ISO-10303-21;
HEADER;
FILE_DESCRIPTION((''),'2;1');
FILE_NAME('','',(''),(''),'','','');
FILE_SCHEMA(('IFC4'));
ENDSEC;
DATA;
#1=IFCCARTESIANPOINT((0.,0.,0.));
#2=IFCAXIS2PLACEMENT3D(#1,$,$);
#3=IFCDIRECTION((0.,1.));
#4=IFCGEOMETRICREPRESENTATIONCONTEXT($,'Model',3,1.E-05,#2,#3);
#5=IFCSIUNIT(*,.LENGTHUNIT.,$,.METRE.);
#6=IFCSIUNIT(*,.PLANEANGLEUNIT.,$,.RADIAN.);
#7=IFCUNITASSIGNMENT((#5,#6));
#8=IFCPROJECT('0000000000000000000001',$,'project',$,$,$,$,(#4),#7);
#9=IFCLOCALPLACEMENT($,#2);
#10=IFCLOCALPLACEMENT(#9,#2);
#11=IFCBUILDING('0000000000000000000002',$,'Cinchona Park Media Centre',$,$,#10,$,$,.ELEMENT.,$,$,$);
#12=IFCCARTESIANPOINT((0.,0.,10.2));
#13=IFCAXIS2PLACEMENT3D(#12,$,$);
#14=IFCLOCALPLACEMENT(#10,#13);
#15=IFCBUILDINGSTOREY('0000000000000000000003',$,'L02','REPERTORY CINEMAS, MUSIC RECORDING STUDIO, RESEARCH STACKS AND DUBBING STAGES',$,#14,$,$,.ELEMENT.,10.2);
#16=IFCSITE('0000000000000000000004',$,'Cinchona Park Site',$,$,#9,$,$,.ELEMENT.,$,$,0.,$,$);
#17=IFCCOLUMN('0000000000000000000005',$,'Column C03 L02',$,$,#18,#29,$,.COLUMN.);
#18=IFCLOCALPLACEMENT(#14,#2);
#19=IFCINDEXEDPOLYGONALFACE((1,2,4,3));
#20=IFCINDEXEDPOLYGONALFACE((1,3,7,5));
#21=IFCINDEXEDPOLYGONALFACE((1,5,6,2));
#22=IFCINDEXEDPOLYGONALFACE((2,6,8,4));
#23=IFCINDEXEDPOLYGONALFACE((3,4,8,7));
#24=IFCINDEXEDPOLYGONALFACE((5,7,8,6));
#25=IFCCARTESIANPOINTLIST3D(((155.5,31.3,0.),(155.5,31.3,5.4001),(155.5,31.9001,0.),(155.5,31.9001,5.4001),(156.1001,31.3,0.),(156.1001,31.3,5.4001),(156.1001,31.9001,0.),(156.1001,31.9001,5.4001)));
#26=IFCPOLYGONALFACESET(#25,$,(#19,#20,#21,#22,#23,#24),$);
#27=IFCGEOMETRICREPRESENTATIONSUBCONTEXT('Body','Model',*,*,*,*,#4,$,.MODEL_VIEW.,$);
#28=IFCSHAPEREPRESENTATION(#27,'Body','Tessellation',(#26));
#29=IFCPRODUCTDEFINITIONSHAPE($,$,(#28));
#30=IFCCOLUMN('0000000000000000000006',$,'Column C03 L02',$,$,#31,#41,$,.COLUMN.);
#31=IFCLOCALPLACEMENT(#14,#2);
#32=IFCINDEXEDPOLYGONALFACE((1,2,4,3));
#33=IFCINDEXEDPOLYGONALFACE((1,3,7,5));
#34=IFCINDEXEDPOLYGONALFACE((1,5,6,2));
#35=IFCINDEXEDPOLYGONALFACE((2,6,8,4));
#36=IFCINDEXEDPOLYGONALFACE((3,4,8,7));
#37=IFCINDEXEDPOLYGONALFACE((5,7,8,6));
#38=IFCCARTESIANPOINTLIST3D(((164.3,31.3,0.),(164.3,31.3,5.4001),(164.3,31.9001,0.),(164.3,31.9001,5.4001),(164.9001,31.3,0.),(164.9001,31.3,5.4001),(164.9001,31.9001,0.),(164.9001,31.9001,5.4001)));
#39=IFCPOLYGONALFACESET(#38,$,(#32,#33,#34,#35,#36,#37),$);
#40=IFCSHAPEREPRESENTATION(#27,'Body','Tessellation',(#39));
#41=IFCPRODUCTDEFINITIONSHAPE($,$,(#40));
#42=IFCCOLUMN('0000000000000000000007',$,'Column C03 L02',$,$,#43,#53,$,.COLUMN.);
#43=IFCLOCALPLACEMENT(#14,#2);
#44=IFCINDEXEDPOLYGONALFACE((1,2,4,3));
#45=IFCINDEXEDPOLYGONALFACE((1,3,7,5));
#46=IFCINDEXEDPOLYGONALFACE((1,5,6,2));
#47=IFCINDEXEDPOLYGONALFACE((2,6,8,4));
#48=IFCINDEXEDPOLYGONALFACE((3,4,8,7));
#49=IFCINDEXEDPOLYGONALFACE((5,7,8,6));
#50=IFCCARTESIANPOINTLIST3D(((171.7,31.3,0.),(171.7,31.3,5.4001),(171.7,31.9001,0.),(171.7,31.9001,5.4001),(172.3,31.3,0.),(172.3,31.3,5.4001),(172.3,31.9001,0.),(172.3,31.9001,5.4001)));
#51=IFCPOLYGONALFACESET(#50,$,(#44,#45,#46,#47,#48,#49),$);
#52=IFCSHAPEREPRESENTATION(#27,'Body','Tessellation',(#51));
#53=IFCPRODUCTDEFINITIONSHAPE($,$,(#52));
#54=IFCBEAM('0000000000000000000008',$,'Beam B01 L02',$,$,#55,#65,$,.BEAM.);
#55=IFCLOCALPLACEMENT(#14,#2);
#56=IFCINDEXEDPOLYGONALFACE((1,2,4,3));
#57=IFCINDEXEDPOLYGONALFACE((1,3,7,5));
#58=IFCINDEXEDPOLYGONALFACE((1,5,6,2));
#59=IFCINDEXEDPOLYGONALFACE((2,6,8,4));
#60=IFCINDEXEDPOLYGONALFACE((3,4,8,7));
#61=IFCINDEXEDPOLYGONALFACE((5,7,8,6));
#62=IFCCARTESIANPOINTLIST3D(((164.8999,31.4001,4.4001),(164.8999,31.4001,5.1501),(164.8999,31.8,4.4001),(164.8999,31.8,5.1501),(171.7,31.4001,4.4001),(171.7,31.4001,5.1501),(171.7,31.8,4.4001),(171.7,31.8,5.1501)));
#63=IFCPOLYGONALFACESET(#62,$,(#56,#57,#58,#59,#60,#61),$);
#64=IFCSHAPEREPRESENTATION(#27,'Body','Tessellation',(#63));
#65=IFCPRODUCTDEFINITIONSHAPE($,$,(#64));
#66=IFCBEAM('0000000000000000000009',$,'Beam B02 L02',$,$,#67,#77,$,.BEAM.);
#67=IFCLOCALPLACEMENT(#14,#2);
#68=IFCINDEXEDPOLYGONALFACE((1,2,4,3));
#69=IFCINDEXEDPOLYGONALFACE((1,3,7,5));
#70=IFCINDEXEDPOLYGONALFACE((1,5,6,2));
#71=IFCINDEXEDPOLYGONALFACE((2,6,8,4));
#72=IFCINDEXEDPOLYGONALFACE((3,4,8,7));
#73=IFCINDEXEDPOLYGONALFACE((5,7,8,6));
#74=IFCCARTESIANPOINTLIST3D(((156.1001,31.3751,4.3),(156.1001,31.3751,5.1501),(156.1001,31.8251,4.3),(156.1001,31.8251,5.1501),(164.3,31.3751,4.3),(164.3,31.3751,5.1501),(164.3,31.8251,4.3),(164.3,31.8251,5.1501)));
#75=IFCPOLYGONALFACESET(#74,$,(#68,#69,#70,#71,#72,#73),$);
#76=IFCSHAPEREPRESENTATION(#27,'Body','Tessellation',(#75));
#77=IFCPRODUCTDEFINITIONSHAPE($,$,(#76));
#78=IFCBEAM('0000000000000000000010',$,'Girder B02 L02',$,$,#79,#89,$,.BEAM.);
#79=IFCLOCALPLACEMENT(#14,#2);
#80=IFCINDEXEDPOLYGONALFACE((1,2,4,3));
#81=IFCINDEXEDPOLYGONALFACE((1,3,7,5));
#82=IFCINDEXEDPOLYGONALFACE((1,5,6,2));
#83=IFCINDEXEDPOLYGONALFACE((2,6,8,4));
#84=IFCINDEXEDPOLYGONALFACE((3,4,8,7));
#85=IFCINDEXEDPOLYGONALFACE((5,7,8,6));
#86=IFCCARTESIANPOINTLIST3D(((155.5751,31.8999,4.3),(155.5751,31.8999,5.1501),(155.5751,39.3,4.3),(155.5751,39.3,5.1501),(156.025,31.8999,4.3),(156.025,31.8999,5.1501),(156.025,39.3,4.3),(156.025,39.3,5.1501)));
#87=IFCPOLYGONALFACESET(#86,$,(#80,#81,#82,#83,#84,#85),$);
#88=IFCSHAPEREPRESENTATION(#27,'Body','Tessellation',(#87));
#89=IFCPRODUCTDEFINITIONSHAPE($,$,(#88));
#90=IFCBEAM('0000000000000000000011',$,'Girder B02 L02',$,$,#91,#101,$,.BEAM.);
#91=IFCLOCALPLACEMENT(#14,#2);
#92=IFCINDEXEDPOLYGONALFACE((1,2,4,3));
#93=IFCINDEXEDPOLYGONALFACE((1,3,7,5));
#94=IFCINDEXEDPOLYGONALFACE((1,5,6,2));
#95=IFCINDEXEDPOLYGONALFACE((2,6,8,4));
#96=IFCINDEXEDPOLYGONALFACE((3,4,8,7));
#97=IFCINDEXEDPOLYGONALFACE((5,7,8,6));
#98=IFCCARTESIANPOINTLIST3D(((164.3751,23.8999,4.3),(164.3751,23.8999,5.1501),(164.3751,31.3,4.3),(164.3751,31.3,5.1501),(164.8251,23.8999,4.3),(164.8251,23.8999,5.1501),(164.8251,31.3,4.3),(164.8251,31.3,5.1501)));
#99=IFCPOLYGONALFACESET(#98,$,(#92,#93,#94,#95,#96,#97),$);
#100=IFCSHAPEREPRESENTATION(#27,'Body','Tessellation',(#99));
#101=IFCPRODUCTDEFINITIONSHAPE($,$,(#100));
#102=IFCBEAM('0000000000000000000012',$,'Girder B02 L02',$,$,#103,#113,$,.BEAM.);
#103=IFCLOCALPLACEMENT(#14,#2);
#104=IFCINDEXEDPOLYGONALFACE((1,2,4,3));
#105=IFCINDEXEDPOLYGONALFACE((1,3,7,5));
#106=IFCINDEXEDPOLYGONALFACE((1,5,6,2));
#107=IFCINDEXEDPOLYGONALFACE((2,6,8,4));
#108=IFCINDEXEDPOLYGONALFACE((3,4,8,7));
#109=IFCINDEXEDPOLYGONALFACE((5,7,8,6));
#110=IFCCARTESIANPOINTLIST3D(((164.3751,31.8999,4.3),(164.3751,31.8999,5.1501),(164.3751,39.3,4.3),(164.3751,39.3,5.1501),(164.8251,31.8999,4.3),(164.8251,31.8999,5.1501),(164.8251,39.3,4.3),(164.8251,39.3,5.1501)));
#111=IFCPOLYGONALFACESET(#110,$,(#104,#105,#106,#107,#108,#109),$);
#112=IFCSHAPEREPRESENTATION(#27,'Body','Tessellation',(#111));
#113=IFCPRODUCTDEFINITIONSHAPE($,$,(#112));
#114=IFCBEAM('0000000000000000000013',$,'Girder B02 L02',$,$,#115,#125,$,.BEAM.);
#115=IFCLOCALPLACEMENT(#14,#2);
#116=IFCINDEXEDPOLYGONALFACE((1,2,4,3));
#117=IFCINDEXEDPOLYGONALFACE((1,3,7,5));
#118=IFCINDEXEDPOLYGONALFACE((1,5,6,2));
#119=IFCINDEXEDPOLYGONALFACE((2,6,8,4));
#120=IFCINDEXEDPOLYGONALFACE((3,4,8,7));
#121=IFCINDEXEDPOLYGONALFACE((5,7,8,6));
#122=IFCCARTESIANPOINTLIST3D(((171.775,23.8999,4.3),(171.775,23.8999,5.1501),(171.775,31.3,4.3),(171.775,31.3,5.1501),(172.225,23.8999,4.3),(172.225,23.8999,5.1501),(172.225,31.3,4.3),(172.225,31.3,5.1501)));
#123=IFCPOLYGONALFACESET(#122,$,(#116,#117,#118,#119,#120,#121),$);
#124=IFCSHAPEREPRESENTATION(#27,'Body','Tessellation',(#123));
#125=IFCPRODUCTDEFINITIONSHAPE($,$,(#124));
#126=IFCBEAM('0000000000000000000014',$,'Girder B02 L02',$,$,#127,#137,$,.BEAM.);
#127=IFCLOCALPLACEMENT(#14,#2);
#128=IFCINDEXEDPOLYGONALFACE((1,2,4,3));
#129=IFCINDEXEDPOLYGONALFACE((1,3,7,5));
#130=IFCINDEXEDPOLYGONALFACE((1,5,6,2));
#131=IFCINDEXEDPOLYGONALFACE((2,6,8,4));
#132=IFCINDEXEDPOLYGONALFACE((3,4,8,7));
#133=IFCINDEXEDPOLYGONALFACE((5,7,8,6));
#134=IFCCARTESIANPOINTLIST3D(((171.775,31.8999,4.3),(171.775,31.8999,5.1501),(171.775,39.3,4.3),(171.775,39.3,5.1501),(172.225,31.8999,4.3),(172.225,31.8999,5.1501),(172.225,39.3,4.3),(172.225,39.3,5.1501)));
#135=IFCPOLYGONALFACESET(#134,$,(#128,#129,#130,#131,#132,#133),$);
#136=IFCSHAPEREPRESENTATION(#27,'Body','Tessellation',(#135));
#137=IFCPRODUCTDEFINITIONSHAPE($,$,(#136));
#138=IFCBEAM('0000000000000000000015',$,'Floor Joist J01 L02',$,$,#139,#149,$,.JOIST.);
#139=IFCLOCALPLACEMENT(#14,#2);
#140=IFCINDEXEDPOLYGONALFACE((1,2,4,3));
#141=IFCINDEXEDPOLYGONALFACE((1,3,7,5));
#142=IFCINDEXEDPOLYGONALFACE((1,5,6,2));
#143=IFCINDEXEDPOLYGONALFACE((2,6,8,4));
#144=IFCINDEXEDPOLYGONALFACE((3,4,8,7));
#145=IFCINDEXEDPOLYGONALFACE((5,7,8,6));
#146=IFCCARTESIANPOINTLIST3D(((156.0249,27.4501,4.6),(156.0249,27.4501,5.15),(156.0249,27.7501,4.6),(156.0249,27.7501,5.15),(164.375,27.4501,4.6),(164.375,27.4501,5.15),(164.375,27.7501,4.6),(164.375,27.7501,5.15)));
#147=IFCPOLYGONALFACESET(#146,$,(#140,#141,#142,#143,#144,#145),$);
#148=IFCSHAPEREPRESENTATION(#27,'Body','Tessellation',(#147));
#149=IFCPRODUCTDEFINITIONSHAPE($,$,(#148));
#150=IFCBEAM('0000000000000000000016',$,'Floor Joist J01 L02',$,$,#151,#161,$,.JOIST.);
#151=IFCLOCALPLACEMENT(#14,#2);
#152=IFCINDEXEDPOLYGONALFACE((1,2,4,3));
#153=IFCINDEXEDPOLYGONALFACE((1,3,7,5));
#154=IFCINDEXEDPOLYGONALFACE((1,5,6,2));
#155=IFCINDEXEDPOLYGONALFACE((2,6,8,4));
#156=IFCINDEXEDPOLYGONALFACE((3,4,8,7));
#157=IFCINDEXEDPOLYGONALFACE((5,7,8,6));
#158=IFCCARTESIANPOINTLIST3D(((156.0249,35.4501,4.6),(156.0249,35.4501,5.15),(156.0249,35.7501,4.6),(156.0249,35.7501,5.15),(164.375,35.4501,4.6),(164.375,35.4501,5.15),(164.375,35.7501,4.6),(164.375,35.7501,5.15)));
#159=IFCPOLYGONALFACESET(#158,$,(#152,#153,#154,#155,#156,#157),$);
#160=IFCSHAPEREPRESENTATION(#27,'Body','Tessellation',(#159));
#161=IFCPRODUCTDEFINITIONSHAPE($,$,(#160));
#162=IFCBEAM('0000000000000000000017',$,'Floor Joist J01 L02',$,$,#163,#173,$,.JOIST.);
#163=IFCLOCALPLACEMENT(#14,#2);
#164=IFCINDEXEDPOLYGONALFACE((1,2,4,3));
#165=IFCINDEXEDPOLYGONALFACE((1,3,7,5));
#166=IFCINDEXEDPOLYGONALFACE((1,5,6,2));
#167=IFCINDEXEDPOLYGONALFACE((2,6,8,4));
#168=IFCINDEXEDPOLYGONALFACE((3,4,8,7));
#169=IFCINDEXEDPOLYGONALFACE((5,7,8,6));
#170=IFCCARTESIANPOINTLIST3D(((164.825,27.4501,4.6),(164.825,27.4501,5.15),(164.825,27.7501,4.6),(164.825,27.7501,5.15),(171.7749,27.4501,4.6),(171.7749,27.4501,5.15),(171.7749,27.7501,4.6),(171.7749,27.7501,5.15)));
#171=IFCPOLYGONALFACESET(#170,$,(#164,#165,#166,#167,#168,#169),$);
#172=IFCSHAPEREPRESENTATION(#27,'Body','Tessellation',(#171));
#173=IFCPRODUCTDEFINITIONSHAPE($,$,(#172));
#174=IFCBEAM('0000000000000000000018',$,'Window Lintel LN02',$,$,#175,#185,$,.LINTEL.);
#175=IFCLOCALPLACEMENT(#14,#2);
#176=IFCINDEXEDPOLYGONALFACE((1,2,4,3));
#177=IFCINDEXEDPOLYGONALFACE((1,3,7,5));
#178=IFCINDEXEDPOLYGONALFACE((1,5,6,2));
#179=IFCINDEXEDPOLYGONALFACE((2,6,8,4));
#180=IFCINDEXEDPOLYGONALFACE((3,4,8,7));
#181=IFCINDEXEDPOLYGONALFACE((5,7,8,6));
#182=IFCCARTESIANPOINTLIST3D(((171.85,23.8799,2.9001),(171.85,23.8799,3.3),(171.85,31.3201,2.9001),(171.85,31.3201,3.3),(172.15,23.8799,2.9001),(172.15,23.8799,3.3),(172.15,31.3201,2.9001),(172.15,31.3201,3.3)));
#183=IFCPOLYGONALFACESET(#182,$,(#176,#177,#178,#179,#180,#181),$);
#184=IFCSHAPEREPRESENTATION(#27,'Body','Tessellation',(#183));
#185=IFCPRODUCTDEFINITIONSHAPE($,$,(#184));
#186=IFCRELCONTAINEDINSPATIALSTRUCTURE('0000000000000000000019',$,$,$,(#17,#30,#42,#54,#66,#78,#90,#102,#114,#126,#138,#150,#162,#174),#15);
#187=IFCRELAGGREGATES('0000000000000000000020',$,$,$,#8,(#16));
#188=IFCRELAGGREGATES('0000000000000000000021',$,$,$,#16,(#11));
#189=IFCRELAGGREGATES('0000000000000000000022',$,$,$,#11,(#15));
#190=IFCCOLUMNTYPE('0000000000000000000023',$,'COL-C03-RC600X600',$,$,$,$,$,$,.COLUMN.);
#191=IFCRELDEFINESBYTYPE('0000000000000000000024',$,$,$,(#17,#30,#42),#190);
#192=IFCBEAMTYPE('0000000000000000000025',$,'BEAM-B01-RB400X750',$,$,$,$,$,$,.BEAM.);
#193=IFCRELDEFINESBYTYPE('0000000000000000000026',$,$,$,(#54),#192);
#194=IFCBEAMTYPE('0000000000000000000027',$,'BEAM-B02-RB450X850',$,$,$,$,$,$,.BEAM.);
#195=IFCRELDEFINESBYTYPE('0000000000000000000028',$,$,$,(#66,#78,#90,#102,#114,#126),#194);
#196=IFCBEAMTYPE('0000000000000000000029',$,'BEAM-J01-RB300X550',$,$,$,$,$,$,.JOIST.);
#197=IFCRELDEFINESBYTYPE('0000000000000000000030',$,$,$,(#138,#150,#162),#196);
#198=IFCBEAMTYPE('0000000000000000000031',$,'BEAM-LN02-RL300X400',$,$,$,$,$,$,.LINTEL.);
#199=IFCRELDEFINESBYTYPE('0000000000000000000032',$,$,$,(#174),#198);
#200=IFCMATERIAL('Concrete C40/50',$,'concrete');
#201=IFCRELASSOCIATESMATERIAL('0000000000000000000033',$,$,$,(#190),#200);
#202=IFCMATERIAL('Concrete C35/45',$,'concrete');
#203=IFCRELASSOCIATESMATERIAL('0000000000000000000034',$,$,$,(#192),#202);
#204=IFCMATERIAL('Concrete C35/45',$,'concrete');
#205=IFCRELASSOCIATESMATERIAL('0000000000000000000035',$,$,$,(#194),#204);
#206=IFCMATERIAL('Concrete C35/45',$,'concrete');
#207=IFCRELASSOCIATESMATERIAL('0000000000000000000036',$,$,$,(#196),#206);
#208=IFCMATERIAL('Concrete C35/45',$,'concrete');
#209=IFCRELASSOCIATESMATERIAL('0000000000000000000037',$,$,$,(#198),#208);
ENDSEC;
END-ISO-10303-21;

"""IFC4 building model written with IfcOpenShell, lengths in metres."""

from ifc_helpers import new_model, si_unit, direction, frame, origin, origin_2d, place, context, subcontext, project, spatial, rectangle, extrude, material, material_profile, profile_set, type_object, element, save


model = new_model("IFC4")

# Units and contexts
model_context = context("Model", 3, precision=1e-05, world=origin(), true_north=direction((0.0, 1.0)))
body_context = subcontext(model_context, "Body", "Model", "MODEL_VIEW")
ifc_project = project(units=[si_unit("LENGTHUNIT", "METRE"), si_unit("PLANEANGLEUNIT", "RADIAN")], contexts=[model_context])

# Site, building, storey
site_placement = place(None, origin())
site = spatial("IfcSite", under=ifc_project, at=site_placement, Name="Cinchona Park Site", CompositionType="ELEMENT", RefElevation=0.0)
building_placement = place(site_placement, origin())
building = spatial("IfcBuilding", under=site, at=building_placement, Name="Cinchona Park Media Centre", CompositionType="ELEMENT")
storey_placement = place(building_placement, frame((0.0, 0.0, 10.2)))
storey = spatial("IfcBuildingStorey", under=building, at=storey_placement, Name="L02", Description="REPERTORY CINEMAS, MUSIC RECORDING STUDIO, RESEARCH STACKS AND DUBBING STAGES", CompositionType="ELEMENT", Elevation=10.2)

# Columns
ifc_material_1 = material(Name="Concrete C40/50", Category="concrete")
ifc_material_profile_1 = material_profile(ifc_material_1, rectangle(XDim=0.6001, YDim=0.6001, at=origin_2d()), Name="RC 600X600")
ifc_profile_set_1 = profile_set([ifc_material_profile_1], Name="Concrete C40/50")
column_type = type_object("IfcColumnType", Name="COL-C03-RC600X600", PredefinedType="COLUMN", material=ifc_profile_set_1)
for number, where, z_axis, x_axis, name in (
    (1, (155.8, 31.6001, 0.0), (0.0, 0.0, 1.0), (1.0, 0.0, 0.0), "Column C03 L02"),
    (2, (164.6001, 31.6001, 0.0), (0.0, 0.0, 1.0), (1.0, 0.0, 0.0), "Column C03 L02"),
    (3, (172.0, 31.6001, 0.0), (0.0, 0.0, 1.0), (1.0, 0.0, 0.0), "Column C03 L02"),
):
    element("IfcColumn", number, at=place(storey_placement, frame(where, z_axis=z_axis, x_axis=x_axis)), inside=storey, type_object=column_type, Name=name, PredefinedType="COLUMN", context=body_context, shape_type="SweptSolid", body=[
        extrude(rectangle(XDim=0.6001, YDim=0.6001, at=origin_2d()), origin(), (0.0, 0.0, 1.0), 5.4001),
    ])

# Beams
ifc_material_2 = material(Name="Concrete C35/45", Category="concrete")
ifc_material_profile_2 = material_profile(ifc_material_2, rectangle(XDim=0.3999, YDim=0.75, at=origin_2d()), Name="RB 400X750")
ifc_profile_set_2 = profile_set([ifc_material_profile_2], Name="Concrete C35/45")
beam_type_1 = type_object("IfcBeamType", Name="BEAM-B01-RB400X750", PredefinedType="BEAM", material=ifc_profile_set_2)
beam_1_placement = place(storey_placement, frame((164.8999, 31.6001, 4.7751), z_axis=(1.0, 0.0, 0.0), x_axis=(0.0, 1.0, 0.0)))
element("IfcBeam", 4, at=beam_1_placement, inside=storey, type_object=beam_type_1, Name="Beam B01 L02", PredefinedType="BEAM", context=body_context, shape_type="SweptSolid", body=[
    extrude(rectangle(XDim=0.3999, YDim=0.75, at=origin_2d()), origin(), (0.0, 0.0, 1.0), 6.8),
])
ifc_material_3 = material(Name="Concrete C35/45", Category="concrete")
ifc_material_profile_3 = material_profile(ifc_material_3, rectangle(XDim=0.45, YDim=0.8501, at=origin_2d()), Name="RB 450X850")
ifc_profile_set_3 = profile_set([ifc_material_profile_3], Name="Concrete C35/45")
beam_type_2 = type_object("IfcBeamType", Name="BEAM-B02-RB450X850", PredefinedType="BEAM", material=ifc_profile_set_3)
beam_2_placement = place(storey_placement, frame((156.1001, 31.6001, 4.7251), z_axis=(1.0, 0.0, 0.0), x_axis=(0.0, 1.0, 0.0)))
element("IfcBeam", 5, at=beam_2_placement, inside=storey, type_object=beam_type_2, Name="Beam B02 L02", PredefinedType="BEAM", context=body_context, shape_type="SweptSolid", body=[
    extrude(rectangle(XDim=0.45, YDim=0.8501, at=origin_2d()), origin(), (0.0, 0.0, 1.0), 8.2),
])
for number, where, z_axis, x_axis, name in (
    (6, (155.8, 31.8999, 4.7251), (0.0, 1.0, 0.0), (-1.0, 0.0, 0.0), "Girder B02 L02"),
    (7, (164.6001, 23.8999, 4.7251), (0.0, 1.0, 0.0), (-1.0, 0.0, 0.0), "Girder B02 L02"),
    (8, (164.6001, 31.8999, 4.7251), (0.0, 1.0, 0.0), (-1.0, 0.0, 0.0), "Girder B02 L02"),
    (9, (172.0, 23.8999, 4.7251), (0.0, 1.0, 0.0), (-1.0, 0.0, 0.0), "Girder B02 L02"),
    (10, (172.0, 31.8999, 4.7251), (0.0, 1.0, 0.0), (-1.0, 0.0, 0.0), "Girder B02 L02"),
):
    element("IfcBeam", number, at=place(storey_placement, frame(where, z_axis=z_axis, x_axis=x_axis)), inside=storey, type_object=beam_type_2, Name=name, PredefinedType="BEAM", context=body_context, shape_type="SweptSolid", body=[
        extrude(rectangle(XDim=0.45, YDim=0.8501, at=origin_2d()), origin(), (0.0, 0.0, 1.0), 7.4001),
    ])
ifc_material_4 = material(Name="Concrete C35/45", Category="concrete")
ifc_material_profile_4 = material_profile(ifc_material_4, rectangle(XDim=0.3, YDim=0.55, at=origin_2d()), Name="RB 300X550")
ifc_profile_set_4 = profile_set([ifc_material_profile_4], Name="Concrete C35/45")
beam_type_3 = type_object("IfcBeamType", Name="BEAM-J01-RB300X550", PredefinedType="JOIST", material=ifc_profile_set_4)
for number, where, z_axis, x_axis, name in (
    (11, (156.0249, 27.6001, 4.875), (1.0, 0.0, 0.0), (0.0, 1.0, 0.0), "Floor Joist J01 L02"),
    (12, (156.0249, 35.6001, 4.875), (1.0, 0.0, 0.0), (0.0, 1.0, 0.0), "Floor Joist J01 L02"),
):
    element("IfcBeam", number, at=place(storey_placement, frame(where, z_axis=z_axis, x_axis=x_axis)), inside=storey, type_object=beam_type_3, Name=name, PredefinedType="JOIST", context=body_context, shape_type="SweptSolid", body=[
        extrude(rectangle(XDim=0.3, YDim=0.55, at=origin_2d()), origin(), (0.0, 0.0, 1.0), 8.3501),
    ])
beam_3_placement = place(storey_placement, frame((164.825, 27.6001, 4.875), z_axis=(1.0, 0.0, 0.0), x_axis=(0.0, 1.0, 0.0)))
element("IfcBeam", 13, at=beam_3_placement, inside=storey, type_object=beam_type_3, Name="Floor Joist J01 L02", PredefinedType="JOIST", context=body_context, shape_type="SweptSolid", body=[
    extrude(rectangle(XDim=0.3, YDim=0.55, at=origin_2d()), origin(), (0.0, 0.0, 1.0), 6.95),
])
ifc_material_5 = material(Name="Concrete C35/45", Category="concrete")
ifc_material_profile_5 = material_profile(ifc_material_5, rectangle(XDim=0.3, YDim=0.3999, at=origin_2d()), Name="RL 300X400")
ifc_profile_set_5 = profile_set([ifc_material_profile_5], Name="Concrete C35/45")
beam_type_4 = type_object("IfcBeamType", Name="BEAM-LN02-RL300X400", PredefinedType="LINTEL", material=ifc_profile_set_5)
beam_4_placement = place(storey_placement, frame((172.0, 31.3201, 3.1001), z_axis=(0.0, -1.0, 0.0), x_axis=(1.0, 0.0, 0.0)))
element("IfcBeam", 14, at=beam_4_placement, inside=storey, type_object=beam_type_4, Name="Window Lintel LN02", PredefinedType="LINTEL", context=body_context, shape_type="SweptSolid", body=[
    extrude(rectangle(XDim=0.3, YDim=0.3999, at=origin_2d()), origin(), (0.0, 0.0, 1.0), 7.4402),
])

save(model, "model.ifc")
